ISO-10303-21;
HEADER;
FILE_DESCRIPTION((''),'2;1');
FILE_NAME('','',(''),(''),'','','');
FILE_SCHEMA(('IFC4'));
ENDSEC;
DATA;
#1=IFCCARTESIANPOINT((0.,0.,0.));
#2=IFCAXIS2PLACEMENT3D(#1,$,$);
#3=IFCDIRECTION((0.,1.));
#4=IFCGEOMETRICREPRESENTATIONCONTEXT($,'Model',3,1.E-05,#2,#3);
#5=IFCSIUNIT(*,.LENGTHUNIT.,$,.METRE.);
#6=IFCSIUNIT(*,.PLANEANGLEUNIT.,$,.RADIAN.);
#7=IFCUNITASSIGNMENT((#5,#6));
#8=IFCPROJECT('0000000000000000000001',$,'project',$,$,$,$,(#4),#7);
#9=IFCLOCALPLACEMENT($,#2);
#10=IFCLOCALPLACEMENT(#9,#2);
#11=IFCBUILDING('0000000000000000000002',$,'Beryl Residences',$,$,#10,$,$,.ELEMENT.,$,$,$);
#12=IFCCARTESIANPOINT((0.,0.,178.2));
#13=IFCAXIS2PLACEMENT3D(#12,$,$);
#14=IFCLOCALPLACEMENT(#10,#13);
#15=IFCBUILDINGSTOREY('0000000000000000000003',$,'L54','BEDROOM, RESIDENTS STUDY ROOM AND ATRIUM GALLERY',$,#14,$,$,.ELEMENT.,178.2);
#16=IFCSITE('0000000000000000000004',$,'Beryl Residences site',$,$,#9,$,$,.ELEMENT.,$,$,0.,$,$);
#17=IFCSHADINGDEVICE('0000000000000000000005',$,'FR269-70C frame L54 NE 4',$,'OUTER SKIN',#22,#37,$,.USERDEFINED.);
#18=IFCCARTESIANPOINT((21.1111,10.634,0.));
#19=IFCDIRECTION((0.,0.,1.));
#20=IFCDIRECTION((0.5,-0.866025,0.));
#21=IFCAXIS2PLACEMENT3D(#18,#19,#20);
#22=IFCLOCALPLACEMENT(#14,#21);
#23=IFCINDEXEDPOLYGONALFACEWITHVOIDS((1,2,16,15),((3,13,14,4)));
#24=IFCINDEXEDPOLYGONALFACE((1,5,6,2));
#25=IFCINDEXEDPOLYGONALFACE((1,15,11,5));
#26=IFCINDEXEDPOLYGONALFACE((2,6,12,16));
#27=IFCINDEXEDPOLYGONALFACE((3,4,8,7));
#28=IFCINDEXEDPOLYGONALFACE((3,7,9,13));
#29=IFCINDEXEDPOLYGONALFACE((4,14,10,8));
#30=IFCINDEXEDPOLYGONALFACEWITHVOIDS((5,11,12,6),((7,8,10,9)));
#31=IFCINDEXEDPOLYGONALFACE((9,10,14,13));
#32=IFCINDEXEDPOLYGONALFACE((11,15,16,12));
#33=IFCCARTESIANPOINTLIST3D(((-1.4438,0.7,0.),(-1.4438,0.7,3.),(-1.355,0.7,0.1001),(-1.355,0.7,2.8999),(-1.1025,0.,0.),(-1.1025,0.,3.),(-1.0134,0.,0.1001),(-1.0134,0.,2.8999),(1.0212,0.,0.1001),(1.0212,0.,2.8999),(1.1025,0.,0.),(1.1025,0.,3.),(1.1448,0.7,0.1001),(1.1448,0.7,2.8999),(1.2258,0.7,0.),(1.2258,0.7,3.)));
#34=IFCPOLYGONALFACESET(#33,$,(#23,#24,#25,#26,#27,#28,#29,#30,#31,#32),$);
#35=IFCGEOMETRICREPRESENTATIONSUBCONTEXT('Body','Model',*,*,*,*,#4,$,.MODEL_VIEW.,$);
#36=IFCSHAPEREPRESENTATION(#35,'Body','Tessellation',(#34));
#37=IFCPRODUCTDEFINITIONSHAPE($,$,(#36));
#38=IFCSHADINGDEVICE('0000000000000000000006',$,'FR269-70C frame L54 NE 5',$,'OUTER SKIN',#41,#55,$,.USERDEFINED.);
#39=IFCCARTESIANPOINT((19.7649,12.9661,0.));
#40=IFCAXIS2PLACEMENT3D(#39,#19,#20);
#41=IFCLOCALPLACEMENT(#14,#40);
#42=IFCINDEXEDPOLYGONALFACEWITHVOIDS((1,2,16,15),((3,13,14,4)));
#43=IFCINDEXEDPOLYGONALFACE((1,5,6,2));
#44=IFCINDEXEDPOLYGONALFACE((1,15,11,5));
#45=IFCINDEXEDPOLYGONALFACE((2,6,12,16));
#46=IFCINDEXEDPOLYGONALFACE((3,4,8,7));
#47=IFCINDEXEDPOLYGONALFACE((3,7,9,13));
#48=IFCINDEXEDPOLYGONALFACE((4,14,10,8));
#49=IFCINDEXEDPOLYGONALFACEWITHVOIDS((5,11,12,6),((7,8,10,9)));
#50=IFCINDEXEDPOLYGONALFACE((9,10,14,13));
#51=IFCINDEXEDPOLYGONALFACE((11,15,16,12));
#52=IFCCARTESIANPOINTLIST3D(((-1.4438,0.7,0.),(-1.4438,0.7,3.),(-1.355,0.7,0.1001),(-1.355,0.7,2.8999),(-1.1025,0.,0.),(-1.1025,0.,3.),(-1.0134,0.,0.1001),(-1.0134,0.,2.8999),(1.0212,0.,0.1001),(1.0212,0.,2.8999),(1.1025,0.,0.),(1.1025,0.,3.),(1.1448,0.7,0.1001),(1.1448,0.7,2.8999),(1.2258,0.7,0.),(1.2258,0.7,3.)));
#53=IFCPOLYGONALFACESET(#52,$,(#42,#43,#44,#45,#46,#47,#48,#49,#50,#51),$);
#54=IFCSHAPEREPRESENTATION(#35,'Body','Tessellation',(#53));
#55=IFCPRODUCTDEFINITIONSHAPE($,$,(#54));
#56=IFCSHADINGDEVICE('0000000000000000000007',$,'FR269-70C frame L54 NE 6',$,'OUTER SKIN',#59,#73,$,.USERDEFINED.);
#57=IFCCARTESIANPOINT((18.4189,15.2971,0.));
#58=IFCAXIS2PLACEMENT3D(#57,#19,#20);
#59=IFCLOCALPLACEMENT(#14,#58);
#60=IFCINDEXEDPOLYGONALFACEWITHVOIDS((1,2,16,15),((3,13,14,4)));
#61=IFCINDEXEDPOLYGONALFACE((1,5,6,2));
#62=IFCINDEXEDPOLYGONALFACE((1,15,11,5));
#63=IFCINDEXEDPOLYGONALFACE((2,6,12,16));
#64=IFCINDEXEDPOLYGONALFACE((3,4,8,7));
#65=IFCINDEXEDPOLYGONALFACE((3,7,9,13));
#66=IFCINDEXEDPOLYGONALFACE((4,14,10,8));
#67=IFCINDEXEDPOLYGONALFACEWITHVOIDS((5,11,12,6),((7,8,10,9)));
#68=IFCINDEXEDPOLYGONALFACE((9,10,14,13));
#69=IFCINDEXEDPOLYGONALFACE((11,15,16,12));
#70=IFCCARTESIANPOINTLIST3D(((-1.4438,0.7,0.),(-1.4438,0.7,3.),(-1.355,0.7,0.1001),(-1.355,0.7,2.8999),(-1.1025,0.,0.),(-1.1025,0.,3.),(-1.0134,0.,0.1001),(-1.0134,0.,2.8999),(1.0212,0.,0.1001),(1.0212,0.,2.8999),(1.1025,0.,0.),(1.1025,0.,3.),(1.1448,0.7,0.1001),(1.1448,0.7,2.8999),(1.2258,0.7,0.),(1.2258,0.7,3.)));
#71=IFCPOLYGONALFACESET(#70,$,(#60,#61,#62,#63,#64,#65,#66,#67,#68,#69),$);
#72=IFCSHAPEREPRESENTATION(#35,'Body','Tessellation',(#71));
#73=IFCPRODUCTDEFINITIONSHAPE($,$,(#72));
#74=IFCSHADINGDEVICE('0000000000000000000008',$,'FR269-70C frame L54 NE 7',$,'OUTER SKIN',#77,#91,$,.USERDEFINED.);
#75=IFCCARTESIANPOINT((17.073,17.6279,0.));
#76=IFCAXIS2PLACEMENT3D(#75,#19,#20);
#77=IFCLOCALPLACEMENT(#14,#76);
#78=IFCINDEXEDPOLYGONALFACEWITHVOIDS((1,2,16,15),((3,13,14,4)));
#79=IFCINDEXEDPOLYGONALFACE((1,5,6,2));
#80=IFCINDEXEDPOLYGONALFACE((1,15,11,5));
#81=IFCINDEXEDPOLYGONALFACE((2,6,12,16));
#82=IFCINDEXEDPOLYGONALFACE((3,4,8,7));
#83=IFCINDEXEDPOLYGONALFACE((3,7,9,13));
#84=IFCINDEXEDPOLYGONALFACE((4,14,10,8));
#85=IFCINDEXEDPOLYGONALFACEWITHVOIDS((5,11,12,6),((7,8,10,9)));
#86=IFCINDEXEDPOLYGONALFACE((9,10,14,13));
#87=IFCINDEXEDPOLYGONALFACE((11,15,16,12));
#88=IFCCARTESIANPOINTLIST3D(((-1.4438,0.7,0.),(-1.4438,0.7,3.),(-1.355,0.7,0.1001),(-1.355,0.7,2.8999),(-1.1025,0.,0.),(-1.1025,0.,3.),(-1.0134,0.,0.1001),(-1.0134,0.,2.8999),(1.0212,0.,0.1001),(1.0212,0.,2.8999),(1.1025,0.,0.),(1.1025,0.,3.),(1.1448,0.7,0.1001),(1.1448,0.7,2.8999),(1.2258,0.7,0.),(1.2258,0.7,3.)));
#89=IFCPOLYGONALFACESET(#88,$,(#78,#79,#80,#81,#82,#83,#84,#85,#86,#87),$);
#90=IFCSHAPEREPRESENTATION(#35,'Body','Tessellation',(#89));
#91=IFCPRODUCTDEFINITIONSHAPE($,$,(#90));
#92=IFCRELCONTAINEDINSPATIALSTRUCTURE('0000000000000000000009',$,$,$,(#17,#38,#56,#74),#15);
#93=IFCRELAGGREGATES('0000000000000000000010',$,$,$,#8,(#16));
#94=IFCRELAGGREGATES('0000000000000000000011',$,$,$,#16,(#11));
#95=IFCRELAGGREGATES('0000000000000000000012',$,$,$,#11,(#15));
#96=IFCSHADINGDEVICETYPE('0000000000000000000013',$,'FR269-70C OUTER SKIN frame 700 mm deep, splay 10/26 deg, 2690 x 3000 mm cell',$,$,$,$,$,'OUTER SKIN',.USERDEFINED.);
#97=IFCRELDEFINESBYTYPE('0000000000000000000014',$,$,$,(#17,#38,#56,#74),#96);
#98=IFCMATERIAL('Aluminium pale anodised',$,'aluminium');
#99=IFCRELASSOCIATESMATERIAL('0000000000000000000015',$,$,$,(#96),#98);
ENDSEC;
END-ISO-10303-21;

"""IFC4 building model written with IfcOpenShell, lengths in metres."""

from ifc_helpers import new_model, entity, si_unit, direction, frame, origin, place, context, subcontext, project, spatial, source, transform, mapped, material, type_object, type_shapes, element, save


model = new_model("IFC4")

# Units and contexts
model_context = context("Model", 3, precision=1e-05, world=origin(), true_north=direction((0.0, 1.0)))
body_context = subcontext(model_context, "Body", "Model", "MODEL_VIEW")
ifc_project = project(units=[si_unit("LENGTHUNIT", "METRE"), si_unit("PLANEANGLEUNIT", "RADIAN")], contexts=[model_context])

# Site, building, storey
site_placement = place(None, origin())
site = spatial("IfcSite", under=ifc_project, at=site_placement, Name="Beryl Residences site", CompositionType="ELEMENT", RefElevation=0.0)
building_placement = place(site_placement, origin())
building = spatial("IfcBuilding", under=site, at=building_placement, Name="Beryl Residences", CompositionType="ELEMENT")
storey_placement = place(building_placement, frame((0.0, 0.0, 178.2)))
storey = spatial("IfcBuildingStorey", under=building, at=storey_placement, Name="L54", Description="BEDROOM, RESIDENTS STUDY ROOM AND ATRIUM GALLERY", CompositionType="ELEMENT", Elevation=178.2)

# Shading devices
ifc_material_1 = material(Name="Aluminium pale anodised", Category="aluminium")
shading_device_type = type_object("IfcShadingDeviceType", Name="FR269-70C OUTER SKIN frame 700 mm deep, splay 10/26 deg, 2690 x 3000 mm cell", ElementType="OUTER SKIN", PredefinedType="USERDEFINED", material=ifc_material_1)
cartesian_point_1 = entity("IfcCartesianPoint", [-1.1025, 0.0])
cartesian_point_2 = entity("IfcCartesianPoint", [-1.0212, 0.1001])
cartesian_point_3 = entity("IfcCartesianPoint", [-1.2258, 0.0])
cartesian_point_4 = entity("IfcCartesianPoint", [-1.1448, 0.1001])
shared_shape_1 = source(origin(), body_context, "Body", "SweptSolid", [
    entity("IfcExtrudedAreaSolidTapered", entity("IfcArbitraryProfileDefWithVoids", "AREA", None, entity("IfcPolyline", [cartesian_point_1, entity("IfcCartesianPoint", [1.1025, 0.0]), entity("IfcCartesianPoint", [1.1025, 3.0]), entity("IfcCartesianPoint", [-1.1025, 3.0]), cartesian_point_1]), [entity("IfcPolyline", [cartesian_point_2, entity("IfcCartesianPoint", [1.0134, 0.1001]), entity("IfcCartesianPoint", [1.0134, 2.8999]), entity("IfcCartesianPoint", [-1.0212, 2.8999]), cartesian_point_2])]), entity("IfcAxis2Placement3D", entity("IfcCartesianPoint", [0.0, 0.0, 0.0]), entity("IfcDirection", [0.0, 1.0, 0.0]), entity("IfcDirection", [-1.0, 0.0, 0.0])), entity("IfcDirection", [0.0, 0.0, 1.0]), 0.7, entity("IfcArbitraryProfileDefWithVoids", "AREA", None, entity("IfcPolyline", [cartesian_point_3, entity("IfcCartesianPoint", [1.4438, 0.0]), entity("IfcCartesianPoint", [1.4438, 3.0]), entity("IfcCartesianPoint", [-1.2258, 3.0]), cartesian_point_3]), [entity("IfcPolyline", [cartesian_point_4, entity("IfcCartesianPoint", [1.355, 0.1001]), entity("IfcCartesianPoint", [1.355, 2.8999]), entity("IfcCartesianPoint", [-1.1448, 2.8999]), cartesian_point_4])])),
])
type_shapes(shading_device_type, [shared_shape_1])
for number, where, z_axis, x_axis, name in (
    (1, (21.1111, 10.634, 0.0), (0.0, 0.0, 1.0), (0.5, -0.866025, 0.0), "FR269-70C frame L54 NE 4"),
    (2, (19.7649, 12.9661, 0.0), (0.0, 0.0, 1.0), (0.5, -0.866025, 0.0), "FR269-70C frame L54 NE 5"),
    (3, (18.4189, 15.2971, 0.0), (0.0, 0.0, 1.0), (0.5, -0.866025, 0.0), "FR269-70C frame L54 NE 6"),
    (4, (17.073, 17.6279, 0.0), (0.0, 0.0, 1.0), (0.5, -0.866025, 0.0), "FR269-70C frame L54 NE 7"),
):
    element("IfcShadingDevice", number, at=place(storey_placement, frame(where, z_axis=z_axis, x_axis=x_axis)), inside=storey, type_object=shading_device_type, Name=name, ObjectType="OUTER SKIN", PredefinedType="USERDEFINED", context=body_context, shape_type="MappedRepresentation", body=[
        mapped(shared_shape_1, transform((0.0, 0.0, 0.0))),
    ])

save(model, "model.ifc")
